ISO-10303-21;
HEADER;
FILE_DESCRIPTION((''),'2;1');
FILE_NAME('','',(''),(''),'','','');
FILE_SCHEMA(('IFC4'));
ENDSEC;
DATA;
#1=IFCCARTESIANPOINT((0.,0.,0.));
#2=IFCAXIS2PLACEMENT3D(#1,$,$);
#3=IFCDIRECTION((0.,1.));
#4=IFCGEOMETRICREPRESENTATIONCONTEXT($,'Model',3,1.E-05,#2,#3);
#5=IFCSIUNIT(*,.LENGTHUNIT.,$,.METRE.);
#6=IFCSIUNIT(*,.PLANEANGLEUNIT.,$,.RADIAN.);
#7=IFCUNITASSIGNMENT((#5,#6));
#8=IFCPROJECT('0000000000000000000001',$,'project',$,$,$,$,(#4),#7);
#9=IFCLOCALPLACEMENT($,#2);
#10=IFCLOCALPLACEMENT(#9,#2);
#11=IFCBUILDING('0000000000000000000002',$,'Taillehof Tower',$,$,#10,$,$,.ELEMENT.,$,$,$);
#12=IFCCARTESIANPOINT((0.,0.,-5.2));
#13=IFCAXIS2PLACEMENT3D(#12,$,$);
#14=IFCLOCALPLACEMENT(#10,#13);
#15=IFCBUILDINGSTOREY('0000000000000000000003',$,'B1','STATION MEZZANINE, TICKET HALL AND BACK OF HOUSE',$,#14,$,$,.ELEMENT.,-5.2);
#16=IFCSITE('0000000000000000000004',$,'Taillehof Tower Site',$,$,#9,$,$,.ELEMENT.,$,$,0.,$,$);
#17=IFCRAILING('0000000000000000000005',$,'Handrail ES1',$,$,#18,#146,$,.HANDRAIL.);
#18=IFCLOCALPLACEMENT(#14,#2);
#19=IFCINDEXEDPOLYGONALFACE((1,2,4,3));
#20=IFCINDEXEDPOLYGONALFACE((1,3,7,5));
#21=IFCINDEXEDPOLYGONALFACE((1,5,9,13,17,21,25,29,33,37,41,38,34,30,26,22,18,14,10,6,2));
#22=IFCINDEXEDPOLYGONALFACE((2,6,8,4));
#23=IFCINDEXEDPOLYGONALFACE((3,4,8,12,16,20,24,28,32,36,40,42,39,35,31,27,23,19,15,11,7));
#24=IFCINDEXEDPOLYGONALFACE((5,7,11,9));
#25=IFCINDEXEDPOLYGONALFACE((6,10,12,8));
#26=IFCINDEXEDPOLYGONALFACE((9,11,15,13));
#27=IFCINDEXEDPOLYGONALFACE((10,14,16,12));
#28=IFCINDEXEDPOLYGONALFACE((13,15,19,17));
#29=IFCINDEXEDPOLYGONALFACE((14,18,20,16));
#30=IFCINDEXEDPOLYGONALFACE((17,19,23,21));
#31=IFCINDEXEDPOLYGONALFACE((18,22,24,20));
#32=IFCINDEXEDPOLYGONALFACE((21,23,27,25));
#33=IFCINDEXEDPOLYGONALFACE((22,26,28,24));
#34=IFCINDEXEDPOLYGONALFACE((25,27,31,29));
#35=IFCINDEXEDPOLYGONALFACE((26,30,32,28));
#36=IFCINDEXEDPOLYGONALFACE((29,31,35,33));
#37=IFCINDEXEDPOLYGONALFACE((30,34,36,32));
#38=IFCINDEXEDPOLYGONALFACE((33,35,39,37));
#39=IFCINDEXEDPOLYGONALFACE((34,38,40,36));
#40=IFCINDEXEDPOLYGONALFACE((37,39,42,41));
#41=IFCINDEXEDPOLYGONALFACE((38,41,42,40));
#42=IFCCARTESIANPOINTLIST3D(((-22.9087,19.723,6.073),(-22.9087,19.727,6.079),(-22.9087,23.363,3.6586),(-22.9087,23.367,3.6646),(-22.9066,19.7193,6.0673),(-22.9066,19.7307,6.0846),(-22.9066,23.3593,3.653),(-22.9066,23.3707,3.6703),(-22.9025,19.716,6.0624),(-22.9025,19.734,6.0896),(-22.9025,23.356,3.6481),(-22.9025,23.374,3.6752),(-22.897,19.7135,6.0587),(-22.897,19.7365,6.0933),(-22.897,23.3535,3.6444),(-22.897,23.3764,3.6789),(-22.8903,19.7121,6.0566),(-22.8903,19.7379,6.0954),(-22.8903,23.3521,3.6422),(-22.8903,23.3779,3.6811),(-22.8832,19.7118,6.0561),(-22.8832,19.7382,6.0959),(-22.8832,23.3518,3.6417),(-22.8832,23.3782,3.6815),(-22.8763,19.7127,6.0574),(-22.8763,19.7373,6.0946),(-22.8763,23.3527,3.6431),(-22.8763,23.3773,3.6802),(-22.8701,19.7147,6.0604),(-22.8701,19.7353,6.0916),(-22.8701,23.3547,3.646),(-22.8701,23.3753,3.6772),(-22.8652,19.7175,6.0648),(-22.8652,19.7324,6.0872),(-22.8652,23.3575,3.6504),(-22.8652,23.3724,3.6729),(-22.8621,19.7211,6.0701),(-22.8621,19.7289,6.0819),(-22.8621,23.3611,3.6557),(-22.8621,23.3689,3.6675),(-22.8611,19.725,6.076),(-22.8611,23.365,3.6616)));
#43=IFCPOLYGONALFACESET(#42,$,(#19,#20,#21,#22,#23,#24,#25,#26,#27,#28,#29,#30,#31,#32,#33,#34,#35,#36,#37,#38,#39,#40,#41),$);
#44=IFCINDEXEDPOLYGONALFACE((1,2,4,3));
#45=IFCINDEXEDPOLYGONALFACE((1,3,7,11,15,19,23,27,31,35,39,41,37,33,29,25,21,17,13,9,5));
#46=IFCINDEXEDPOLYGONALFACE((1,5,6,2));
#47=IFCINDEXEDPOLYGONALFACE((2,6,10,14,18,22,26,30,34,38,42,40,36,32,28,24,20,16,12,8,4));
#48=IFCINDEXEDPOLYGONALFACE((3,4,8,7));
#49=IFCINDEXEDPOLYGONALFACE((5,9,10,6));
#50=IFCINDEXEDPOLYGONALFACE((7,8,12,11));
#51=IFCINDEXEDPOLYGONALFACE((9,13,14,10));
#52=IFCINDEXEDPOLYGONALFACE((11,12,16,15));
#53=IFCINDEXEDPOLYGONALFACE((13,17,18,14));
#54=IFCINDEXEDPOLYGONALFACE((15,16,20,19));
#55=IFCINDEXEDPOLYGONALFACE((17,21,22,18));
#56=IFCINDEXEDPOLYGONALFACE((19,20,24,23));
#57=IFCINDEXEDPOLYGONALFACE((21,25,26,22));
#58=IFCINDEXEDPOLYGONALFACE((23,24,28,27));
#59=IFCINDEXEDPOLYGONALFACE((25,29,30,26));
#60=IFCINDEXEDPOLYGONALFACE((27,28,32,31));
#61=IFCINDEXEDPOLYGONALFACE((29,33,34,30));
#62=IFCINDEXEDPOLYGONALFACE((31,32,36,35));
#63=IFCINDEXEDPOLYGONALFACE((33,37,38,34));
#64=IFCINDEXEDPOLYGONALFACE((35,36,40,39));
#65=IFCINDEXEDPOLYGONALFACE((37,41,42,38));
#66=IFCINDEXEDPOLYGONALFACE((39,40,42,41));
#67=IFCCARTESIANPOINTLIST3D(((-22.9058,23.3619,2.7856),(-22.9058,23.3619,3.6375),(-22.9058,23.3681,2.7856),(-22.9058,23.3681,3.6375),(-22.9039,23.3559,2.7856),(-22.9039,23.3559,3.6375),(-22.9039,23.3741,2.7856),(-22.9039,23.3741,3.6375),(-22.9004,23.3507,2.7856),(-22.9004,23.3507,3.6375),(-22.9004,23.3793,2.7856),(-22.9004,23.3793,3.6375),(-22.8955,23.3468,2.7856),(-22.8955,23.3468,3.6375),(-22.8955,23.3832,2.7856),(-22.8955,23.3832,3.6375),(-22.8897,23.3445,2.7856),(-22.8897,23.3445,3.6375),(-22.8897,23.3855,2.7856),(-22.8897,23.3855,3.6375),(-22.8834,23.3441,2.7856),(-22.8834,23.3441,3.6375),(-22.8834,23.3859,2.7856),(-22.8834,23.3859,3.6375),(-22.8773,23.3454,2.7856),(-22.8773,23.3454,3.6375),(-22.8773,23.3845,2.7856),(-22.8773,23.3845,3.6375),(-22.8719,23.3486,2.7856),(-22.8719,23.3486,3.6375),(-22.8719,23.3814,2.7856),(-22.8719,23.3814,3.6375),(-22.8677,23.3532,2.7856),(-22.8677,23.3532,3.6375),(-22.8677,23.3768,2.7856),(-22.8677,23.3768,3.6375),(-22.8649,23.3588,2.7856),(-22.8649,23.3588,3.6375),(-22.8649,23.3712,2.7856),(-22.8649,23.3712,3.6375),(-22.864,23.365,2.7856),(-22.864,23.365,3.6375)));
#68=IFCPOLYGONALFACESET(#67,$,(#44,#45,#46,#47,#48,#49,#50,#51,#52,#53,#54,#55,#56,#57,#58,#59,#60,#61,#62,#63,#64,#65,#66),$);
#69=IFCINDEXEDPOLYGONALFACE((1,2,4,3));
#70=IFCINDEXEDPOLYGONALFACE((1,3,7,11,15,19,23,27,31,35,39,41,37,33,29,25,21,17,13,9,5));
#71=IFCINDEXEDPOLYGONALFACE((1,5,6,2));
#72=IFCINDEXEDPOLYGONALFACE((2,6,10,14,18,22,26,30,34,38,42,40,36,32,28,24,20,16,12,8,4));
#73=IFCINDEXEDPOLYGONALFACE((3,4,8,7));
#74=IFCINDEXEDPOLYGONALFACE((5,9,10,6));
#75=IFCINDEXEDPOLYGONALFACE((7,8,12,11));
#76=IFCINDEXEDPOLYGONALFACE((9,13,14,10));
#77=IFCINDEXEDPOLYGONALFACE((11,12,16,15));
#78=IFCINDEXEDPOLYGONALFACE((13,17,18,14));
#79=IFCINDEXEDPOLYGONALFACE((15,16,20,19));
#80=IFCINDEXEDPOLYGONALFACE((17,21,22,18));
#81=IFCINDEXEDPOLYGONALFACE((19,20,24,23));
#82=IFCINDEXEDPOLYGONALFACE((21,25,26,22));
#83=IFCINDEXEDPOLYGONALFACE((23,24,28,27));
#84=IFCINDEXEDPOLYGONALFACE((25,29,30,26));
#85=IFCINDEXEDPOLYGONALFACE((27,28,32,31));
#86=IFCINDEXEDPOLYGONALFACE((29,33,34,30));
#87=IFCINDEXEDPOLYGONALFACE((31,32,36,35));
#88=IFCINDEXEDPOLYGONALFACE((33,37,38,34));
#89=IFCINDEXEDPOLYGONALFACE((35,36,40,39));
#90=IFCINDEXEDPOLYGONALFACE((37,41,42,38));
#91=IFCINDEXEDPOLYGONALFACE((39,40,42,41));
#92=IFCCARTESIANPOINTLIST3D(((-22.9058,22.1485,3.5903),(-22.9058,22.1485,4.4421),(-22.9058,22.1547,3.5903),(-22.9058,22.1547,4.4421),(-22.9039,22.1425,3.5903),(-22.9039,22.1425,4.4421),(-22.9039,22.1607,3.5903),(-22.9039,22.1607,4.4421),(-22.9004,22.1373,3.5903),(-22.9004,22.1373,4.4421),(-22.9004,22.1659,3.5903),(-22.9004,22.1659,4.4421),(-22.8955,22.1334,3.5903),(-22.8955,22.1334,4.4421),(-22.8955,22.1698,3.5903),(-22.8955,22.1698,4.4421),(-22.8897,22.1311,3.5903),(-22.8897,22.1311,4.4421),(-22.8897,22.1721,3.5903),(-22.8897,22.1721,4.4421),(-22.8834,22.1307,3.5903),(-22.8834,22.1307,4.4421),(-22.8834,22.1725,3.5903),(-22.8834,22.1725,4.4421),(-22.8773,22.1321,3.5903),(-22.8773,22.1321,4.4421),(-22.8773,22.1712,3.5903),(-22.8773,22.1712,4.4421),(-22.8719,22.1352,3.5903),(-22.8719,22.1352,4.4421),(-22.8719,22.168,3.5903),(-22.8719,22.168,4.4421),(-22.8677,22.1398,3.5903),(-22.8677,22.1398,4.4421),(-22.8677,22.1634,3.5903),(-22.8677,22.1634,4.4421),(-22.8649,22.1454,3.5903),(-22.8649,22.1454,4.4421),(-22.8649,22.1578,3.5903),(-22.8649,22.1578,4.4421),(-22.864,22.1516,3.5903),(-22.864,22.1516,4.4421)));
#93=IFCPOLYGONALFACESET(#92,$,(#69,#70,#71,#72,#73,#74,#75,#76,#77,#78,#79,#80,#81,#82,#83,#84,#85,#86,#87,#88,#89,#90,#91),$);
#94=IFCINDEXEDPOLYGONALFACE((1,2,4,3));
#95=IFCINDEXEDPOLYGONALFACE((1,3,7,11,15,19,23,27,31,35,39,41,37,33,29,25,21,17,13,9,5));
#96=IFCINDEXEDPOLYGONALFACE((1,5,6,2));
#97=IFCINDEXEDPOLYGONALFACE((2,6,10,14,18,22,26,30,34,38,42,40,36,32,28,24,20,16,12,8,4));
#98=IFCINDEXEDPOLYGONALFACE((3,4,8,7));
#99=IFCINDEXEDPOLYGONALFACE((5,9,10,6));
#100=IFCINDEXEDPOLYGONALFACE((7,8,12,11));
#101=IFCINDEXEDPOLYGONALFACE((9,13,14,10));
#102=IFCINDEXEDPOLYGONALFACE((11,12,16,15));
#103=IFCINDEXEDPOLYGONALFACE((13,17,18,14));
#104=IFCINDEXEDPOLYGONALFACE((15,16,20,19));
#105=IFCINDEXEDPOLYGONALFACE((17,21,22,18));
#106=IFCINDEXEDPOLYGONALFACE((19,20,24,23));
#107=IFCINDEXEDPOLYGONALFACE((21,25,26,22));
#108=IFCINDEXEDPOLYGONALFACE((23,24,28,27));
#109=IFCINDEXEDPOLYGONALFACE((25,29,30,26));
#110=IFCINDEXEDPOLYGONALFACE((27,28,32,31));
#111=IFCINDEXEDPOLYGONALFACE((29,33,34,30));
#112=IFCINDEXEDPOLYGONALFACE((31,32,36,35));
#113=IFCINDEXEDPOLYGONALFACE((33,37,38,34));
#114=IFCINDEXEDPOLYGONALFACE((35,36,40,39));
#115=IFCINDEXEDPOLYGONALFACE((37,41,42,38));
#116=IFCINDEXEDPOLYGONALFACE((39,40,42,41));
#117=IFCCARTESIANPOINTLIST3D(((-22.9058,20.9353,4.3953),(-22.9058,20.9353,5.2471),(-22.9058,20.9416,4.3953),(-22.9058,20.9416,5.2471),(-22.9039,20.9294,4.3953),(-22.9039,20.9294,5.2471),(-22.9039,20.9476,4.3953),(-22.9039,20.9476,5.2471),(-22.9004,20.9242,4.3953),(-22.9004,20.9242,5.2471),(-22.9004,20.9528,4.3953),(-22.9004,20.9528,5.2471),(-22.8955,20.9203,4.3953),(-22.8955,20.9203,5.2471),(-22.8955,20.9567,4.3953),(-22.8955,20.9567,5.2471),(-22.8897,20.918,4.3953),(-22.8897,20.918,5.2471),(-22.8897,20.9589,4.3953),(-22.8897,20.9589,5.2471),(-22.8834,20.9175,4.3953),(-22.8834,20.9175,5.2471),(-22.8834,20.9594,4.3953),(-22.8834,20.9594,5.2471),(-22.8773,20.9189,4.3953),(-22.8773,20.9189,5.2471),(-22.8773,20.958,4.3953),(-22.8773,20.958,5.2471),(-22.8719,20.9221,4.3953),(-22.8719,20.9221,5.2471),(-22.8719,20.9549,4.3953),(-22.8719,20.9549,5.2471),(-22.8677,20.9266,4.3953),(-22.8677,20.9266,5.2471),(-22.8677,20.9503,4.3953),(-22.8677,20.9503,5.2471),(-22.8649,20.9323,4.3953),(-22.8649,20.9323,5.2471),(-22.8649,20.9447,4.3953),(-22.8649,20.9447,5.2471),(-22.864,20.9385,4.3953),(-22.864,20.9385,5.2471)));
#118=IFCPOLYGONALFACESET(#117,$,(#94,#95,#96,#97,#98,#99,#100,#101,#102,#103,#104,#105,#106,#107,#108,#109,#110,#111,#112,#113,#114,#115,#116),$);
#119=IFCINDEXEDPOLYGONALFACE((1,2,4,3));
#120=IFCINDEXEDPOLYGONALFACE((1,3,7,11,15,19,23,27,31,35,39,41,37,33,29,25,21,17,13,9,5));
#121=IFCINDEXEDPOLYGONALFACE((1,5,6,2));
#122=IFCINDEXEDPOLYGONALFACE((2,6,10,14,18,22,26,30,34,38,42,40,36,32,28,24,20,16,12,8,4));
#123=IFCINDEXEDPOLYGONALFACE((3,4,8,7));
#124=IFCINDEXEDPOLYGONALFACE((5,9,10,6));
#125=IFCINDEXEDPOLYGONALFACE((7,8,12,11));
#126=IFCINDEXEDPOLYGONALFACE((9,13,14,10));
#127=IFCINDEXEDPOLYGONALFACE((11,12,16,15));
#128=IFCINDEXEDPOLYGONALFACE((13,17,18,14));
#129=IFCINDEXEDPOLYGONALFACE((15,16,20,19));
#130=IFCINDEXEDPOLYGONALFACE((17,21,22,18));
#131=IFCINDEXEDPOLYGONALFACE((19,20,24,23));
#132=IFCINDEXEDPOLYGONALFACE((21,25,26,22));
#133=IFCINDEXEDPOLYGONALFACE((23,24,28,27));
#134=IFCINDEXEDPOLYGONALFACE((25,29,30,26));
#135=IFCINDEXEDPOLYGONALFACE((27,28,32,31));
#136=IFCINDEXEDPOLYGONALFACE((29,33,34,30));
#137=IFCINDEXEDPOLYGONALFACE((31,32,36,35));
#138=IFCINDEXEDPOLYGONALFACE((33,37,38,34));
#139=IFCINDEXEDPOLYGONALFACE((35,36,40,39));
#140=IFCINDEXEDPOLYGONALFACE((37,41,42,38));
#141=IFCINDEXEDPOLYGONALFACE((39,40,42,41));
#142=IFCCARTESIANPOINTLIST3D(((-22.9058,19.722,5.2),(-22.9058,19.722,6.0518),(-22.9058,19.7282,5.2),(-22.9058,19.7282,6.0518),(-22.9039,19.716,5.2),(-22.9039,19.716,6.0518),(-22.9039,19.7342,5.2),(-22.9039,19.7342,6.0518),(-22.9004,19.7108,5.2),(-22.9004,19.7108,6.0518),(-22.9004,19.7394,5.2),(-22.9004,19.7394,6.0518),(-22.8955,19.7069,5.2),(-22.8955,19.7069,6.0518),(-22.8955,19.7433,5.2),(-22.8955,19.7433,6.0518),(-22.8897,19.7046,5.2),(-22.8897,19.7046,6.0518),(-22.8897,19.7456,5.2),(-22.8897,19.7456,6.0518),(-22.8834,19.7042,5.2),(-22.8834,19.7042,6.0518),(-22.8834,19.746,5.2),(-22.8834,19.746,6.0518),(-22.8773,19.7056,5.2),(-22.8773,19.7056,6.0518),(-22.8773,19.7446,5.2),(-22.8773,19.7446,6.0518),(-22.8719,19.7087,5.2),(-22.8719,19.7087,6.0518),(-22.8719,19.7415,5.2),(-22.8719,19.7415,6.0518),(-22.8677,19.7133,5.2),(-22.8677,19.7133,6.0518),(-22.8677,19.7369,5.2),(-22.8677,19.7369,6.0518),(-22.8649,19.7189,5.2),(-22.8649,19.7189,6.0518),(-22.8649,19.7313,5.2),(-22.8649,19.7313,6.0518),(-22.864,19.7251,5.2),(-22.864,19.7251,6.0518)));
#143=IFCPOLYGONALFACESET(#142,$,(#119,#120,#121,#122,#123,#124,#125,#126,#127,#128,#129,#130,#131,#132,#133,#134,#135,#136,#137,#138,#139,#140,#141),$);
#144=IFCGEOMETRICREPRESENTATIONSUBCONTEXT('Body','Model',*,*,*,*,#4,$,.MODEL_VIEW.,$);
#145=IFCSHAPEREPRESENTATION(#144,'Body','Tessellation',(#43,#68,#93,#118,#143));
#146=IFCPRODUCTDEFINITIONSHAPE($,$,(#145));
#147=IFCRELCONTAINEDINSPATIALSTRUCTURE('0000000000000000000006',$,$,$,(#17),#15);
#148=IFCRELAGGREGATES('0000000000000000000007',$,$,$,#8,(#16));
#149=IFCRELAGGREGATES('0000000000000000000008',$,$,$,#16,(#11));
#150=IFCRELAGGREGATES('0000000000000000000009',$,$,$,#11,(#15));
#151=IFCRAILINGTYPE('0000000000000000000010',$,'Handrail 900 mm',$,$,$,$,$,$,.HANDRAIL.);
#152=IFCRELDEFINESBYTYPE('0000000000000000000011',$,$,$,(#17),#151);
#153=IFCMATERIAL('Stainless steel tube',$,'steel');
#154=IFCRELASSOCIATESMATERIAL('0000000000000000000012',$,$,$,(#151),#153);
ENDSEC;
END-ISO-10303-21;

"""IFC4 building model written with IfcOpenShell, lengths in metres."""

from ifc_helpers import new_model, si_unit, direction, frame, origin, origin_2d, place, context, subcontext, project, spatial, circle, extrude, material, type_object, element, save


model = new_model("IFC4")

# Units and contexts
model_context = context("Model", 3, precision=1e-05, world=origin(), true_north=direction((0.0, 1.0)))
body_context = subcontext(model_context, "Body", "Model", "MODEL_VIEW")
ifc_project = project(units=[si_unit("LENGTHUNIT", "METRE"), si_unit("PLANEANGLEUNIT", "RADIAN")], contexts=[model_context])

# Site, building, storey
site_placement = place(None, origin())
site = spatial("IfcSite", under=ifc_project, at=site_placement, Name="Taillehof Tower Site", CompositionType="ELEMENT", RefElevation=0.0)
building_placement = place(site_placement, origin())
building = spatial("IfcBuilding", under=site, at=building_placement, Name="Taillehof Tower", CompositionType="ELEMENT")
storey_placement = place(building_placement, frame((0.0, 0.0, -5.2)))
storey = spatial("IfcBuildingStorey", under=building, at=storey_placement, Name="B1", Description="STATION MEZZANINE, TICKET HALL AND BACK OF HOUSE", CompositionType="ELEMENT", Elevation=-5.2)

# Railing
ifc_material_1 = material(Name="Stainless steel tube", Category="steel")
railing_type_1 = type_object("IfcRailingType", Name="Handrail 900 mm", PredefinedType="HANDRAIL", material=ifc_material_1)
for number, where, name in (
    (1, (-22.885, 23.365, 2.7856), "Handrail ES1"),
):
    element("IfcRailing", number, at=place(storey_placement, frame(where)), inside=storey, type_object=railing_type_1, Name=name, PredefinedType="HANDRAIL", context=body_context, shape_type="SweptSolid", body=[
        extrude(circle(Radius=0.0239, at=origin_2d()), frame((0.0, 0.0, 0.876), z_axis=(0.0, -0.833347, 0.552751), x_axis=(1.0, 0.0, 0.0)), (0.0, 0.0, 1.0), 4.3679),
        extrude(circle(Radius=0.021, at=origin_2d()), origin(), (0.0, 0.0, 1.0), 0.8518),
        extrude(circle(Radius=0.021, at=origin_2d()), frame((0.0, -1.2134, 0.8047)), (0.0, 0.0, 1.0), 0.8518),
        extrude(circle(Radius=0.021, at=origin_2d()), frame((0.0, -2.4265, 1.6096)), (0.0, 0.0, 1.0), 0.8518),
        extrude(circle(Radius=0.021, at=origin_2d()), frame((0.0, -3.6399, 2.4143)), (0.0, 0.0, 1.0), 0.8518),
    ])

save(model, "model.ifc")
